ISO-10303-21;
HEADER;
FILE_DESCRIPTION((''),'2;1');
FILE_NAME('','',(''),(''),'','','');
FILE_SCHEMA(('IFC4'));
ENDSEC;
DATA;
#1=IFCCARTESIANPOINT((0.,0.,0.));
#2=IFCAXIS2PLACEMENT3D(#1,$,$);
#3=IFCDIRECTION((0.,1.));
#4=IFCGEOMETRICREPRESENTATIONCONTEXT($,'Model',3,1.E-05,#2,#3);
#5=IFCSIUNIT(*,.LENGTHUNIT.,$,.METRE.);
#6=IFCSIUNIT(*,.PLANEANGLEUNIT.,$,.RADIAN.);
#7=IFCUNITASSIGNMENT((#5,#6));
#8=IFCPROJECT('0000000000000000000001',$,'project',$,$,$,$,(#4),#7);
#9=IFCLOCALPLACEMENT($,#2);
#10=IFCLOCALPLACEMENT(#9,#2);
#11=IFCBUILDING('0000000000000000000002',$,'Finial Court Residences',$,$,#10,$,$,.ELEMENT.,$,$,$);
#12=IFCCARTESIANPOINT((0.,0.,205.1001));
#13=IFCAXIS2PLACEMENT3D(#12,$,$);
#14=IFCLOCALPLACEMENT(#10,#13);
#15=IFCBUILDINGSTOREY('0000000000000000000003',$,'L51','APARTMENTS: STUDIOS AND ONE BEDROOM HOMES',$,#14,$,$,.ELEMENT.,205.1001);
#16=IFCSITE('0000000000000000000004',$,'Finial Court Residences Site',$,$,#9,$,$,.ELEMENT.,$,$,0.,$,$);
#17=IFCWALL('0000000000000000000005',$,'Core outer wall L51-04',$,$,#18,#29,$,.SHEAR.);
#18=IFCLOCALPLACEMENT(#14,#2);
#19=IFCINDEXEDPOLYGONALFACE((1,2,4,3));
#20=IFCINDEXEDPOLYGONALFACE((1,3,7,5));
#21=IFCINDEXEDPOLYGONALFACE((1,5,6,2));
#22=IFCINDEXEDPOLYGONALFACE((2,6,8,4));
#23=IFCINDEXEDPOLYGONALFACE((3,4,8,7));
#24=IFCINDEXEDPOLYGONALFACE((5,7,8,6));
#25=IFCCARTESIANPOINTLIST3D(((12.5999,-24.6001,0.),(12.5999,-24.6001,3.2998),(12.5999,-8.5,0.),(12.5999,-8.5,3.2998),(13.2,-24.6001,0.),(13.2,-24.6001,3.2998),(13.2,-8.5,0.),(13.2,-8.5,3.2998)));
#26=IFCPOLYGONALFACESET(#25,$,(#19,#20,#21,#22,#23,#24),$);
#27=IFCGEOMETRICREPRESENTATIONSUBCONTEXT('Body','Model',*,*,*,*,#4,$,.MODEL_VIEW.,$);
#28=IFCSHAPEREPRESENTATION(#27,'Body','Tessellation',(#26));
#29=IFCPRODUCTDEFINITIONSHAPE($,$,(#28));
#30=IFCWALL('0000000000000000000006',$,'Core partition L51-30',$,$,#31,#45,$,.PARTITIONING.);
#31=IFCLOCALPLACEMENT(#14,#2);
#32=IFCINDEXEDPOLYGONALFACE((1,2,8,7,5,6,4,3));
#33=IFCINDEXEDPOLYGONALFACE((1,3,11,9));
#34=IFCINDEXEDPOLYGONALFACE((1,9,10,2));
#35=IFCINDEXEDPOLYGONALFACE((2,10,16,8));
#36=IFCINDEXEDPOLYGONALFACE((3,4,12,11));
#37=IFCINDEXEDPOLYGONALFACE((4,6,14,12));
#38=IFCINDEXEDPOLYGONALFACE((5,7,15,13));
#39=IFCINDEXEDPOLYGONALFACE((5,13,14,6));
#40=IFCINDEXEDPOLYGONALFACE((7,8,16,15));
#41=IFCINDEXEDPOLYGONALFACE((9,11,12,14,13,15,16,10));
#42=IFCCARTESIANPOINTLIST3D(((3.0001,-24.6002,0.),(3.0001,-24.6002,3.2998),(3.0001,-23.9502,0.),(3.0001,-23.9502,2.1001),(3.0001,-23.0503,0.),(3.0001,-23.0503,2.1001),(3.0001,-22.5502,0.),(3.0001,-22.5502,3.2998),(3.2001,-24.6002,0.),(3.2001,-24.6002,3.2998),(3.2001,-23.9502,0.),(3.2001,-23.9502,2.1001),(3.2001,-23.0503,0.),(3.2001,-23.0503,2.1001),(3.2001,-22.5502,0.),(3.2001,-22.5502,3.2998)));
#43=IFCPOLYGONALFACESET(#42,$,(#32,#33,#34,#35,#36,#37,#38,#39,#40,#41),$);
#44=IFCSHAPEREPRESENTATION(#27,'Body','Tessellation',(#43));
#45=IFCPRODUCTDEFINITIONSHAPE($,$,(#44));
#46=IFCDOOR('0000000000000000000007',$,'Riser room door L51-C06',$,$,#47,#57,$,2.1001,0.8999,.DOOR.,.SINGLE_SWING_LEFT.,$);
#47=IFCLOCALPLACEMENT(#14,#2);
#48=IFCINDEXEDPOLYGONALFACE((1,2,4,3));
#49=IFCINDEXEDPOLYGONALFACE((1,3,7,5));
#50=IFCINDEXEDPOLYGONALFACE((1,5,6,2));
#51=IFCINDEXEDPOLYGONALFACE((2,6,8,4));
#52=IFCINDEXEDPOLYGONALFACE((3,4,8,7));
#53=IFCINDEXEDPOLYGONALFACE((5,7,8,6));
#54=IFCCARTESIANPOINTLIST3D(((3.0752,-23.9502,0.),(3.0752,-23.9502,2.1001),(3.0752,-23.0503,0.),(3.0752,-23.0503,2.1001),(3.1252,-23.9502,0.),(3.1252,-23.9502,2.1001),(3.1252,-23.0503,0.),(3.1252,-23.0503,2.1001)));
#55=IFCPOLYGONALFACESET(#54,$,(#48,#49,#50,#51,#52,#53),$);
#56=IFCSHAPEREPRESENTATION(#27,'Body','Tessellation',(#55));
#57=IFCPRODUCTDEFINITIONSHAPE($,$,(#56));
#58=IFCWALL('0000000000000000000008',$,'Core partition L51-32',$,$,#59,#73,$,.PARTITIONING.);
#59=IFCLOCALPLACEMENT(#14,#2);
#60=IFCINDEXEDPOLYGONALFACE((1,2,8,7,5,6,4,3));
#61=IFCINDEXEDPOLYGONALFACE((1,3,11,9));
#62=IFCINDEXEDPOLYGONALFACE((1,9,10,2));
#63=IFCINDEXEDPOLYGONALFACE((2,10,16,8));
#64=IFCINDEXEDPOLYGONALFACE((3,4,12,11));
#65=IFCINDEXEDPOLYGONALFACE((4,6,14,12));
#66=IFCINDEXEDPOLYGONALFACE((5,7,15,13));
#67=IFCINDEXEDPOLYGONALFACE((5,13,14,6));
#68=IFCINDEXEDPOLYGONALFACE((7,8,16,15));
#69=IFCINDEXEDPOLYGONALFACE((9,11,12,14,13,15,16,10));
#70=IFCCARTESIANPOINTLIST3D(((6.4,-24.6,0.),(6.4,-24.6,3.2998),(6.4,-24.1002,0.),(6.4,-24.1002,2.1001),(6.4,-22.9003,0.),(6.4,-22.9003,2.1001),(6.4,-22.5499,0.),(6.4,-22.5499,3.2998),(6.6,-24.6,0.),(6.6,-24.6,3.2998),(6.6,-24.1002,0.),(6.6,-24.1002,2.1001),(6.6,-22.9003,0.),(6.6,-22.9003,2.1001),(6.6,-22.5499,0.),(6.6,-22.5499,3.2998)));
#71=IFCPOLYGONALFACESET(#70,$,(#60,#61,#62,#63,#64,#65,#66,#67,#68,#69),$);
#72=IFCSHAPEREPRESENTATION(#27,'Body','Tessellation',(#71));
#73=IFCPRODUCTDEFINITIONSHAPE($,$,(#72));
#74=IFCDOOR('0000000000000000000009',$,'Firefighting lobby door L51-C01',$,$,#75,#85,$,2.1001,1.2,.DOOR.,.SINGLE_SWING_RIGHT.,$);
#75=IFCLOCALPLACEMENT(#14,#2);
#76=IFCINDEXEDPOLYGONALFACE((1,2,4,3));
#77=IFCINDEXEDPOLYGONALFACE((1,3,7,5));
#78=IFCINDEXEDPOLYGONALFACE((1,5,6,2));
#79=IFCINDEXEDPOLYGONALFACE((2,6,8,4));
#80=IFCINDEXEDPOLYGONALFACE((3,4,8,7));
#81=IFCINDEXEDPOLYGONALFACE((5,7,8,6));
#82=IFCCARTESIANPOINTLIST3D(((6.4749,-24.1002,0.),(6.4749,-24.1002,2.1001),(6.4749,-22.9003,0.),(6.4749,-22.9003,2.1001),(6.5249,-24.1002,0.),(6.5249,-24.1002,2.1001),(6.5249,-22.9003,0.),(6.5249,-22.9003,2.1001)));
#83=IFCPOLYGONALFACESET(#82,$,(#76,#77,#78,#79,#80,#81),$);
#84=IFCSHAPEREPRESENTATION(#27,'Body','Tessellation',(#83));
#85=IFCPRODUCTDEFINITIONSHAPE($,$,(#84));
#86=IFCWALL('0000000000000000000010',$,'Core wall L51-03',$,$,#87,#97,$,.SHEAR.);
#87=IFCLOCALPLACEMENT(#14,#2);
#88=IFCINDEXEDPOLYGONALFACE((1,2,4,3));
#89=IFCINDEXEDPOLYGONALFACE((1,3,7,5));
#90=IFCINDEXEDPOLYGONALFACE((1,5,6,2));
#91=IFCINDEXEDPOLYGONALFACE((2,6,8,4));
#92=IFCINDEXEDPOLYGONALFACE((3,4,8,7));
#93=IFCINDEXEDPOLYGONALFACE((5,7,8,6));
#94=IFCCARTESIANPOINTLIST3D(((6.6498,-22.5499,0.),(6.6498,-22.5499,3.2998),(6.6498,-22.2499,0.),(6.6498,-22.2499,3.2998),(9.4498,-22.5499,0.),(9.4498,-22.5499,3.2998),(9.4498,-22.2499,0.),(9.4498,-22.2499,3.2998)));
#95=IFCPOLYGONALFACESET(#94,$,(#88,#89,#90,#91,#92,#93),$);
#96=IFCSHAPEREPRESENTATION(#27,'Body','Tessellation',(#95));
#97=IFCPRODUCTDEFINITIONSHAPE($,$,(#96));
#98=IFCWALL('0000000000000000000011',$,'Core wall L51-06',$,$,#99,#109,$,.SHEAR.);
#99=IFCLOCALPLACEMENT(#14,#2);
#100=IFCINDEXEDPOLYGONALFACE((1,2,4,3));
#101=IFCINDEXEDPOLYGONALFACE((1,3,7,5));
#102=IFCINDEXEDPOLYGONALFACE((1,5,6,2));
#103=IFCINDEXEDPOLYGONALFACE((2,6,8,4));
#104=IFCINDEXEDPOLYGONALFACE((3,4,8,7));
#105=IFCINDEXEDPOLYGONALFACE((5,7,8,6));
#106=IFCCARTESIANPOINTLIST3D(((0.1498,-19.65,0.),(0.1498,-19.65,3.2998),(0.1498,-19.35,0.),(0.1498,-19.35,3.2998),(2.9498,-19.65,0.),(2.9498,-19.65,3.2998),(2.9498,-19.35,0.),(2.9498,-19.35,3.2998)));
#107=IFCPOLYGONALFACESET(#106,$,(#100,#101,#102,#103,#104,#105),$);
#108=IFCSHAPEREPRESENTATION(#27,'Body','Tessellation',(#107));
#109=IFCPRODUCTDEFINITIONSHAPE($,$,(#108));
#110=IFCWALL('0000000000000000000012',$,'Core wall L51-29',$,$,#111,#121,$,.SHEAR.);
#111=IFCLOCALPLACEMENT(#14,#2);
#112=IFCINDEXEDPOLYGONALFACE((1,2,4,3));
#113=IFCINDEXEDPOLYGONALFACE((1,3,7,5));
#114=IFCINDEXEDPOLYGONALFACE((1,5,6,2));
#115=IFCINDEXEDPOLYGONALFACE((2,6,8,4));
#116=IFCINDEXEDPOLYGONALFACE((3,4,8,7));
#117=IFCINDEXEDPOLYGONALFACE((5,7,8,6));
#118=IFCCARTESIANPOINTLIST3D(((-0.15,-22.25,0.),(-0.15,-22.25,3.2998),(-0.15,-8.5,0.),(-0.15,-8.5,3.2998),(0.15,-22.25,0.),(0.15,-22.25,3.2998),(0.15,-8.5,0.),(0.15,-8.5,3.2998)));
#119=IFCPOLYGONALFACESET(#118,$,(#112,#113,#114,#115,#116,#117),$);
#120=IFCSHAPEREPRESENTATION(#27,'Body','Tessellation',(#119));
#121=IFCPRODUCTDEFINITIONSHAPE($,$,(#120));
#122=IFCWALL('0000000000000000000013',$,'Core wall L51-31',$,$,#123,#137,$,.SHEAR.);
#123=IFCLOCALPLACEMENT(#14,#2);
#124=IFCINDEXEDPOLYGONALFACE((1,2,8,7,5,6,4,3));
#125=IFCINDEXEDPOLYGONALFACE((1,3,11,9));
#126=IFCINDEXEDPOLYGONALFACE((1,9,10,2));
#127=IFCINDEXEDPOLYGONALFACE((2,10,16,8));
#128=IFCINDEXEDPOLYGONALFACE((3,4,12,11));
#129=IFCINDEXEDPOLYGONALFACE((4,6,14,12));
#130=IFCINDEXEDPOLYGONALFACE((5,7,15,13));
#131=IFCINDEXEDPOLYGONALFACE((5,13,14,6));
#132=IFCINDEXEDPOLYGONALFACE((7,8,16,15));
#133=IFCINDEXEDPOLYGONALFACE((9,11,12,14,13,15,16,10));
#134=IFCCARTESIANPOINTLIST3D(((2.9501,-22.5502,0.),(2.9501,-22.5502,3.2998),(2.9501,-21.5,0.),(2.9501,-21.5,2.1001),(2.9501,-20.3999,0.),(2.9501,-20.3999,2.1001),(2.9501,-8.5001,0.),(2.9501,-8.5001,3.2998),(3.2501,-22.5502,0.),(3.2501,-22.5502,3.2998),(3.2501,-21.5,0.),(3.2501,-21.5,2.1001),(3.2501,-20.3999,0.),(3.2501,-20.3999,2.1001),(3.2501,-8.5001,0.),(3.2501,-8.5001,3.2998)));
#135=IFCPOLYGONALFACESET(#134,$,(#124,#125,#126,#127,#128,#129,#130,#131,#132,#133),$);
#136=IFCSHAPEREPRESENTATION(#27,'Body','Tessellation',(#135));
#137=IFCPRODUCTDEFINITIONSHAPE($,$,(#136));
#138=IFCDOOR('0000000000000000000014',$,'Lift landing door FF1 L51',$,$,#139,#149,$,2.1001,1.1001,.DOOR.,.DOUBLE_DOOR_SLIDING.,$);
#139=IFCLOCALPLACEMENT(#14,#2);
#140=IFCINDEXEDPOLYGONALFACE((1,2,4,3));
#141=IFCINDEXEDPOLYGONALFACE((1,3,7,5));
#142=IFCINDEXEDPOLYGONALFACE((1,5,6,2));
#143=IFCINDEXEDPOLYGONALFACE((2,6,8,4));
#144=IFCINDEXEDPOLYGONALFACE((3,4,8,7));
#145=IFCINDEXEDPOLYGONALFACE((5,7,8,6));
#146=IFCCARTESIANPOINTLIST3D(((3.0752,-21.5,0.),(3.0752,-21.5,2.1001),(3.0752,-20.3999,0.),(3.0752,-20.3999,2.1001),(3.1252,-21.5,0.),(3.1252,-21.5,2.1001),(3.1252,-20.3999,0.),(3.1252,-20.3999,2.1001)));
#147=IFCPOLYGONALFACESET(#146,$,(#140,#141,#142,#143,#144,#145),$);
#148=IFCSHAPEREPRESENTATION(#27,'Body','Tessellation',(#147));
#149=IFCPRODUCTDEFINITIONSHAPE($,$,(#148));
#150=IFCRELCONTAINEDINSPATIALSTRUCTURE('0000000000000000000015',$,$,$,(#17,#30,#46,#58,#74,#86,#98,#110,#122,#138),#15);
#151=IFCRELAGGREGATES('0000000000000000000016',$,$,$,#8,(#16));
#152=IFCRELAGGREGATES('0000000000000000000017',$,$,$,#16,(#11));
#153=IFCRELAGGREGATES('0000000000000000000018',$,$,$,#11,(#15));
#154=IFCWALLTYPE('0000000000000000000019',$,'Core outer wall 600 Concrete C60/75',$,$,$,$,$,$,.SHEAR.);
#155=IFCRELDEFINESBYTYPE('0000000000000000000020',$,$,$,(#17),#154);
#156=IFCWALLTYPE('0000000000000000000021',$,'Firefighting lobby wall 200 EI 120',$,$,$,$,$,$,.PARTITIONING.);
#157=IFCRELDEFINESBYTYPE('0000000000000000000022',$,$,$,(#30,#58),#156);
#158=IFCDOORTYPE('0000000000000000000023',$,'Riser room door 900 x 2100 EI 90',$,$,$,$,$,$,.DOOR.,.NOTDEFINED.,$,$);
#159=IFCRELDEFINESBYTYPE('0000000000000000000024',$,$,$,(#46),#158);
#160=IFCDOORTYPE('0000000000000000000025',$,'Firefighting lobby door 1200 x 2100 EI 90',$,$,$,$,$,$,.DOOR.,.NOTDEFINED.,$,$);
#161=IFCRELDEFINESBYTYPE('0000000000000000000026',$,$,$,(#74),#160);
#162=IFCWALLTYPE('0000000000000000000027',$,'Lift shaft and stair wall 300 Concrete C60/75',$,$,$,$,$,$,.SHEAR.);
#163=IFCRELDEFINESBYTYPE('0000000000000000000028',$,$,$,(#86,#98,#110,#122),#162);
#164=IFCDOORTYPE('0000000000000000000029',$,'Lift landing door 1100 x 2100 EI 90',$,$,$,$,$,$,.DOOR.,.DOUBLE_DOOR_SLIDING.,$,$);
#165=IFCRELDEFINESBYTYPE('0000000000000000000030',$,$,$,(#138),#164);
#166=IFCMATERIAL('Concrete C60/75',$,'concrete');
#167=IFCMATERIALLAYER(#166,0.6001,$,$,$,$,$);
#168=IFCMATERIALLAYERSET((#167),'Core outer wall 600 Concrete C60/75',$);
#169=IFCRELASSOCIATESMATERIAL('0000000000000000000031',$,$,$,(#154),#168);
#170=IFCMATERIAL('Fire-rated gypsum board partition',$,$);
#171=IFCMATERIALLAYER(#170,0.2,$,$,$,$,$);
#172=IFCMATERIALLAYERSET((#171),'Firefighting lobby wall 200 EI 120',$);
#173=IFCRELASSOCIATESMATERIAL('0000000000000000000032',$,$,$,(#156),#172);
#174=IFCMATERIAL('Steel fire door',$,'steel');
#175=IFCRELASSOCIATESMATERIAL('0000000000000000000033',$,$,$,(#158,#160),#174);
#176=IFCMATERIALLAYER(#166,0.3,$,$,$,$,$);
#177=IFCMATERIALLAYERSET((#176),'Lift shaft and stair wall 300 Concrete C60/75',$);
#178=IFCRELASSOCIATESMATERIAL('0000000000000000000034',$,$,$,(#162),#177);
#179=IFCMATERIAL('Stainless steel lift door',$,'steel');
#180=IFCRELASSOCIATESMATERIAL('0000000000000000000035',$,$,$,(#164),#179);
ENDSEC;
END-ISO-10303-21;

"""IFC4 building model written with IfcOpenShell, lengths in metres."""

from ifc_helpers import new_model, si_unit, direction, frame, frame_2d, origin, place, context, subcontext, project, spatial, rectangle, extrude, material, layer, layer_set, type_object, element, fill, save


model = new_model("IFC4")

# Units and contexts
model_context = context("Model", 3, precision=1e-05, world=origin(), true_north=direction((0.0, 1.0)))
body_context = subcontext(model_context, "Body", "Model", "MODEL_VIEW")
ifc_project = project(units=[si_unit("LENGTHUNIT", "METRE"), si_unit("PLANEANGLEUNIT", "RADIAN")], contexts=[model_context])

# Site, building, storey
site_placement = place(None, origin())
site = spatial("IfcSite", under=ifc_project, at=site_placement, Name="Finial Court Residences Site", CompositionType="ELEMENT", RefElevation=0.0)
building_placement = place(site_placement, origin())
building = spatial("IfcBuilding", under=site, at=building_placement, Name="Finial Court Residences", CompositionType="ELEMENT")
storey_placement = place(building_placement, frame((0.0, 0.0, 205.1001)))
storey = spatial("IfcBuildingStorey", under=building, at=storey_placement, Name="L51", Description="APARTMENTS: STUDIOS AND ONE BEDROOM HOMES", CompositionType="ELEMENT", Elevation=205.1001)

# Wall
ifc_material_1 = material(Name="Concrete C60/75", Category="concrete")
ifc_layer_1 = layer(ifc_material_1, 0.6001)
ifc_layer_set_1 = layer_set([ifc_layer_1], Name="Core outer wall 600 Concrete C60/75")
wall_type_1 = type_object("IfcWallType", Name="Core outer wall 600 Concrete C60/75", PredefinedType="SHEAR", material=ifc_layer_set_1)
wall_1_placement = place(storey_placement, frame((12.8999, -24.6001, 0.0), z_axis=(0.0, 0.0, 1.0), x_axis=(0.0, 1.0, 0.0)))
element("IfcWall", 1, at=wall_1_placement, inside=storey, type_object=wall_type_1, Name="Core outer wall L51-04", PredefinedType="SHEAR", context=body_context, shape_type="SweptSolid", body=[
    extrude(rectangle(XDim=16.1001, YDim=0.6001, at=frame_2d((8.05, 0.0))), origin(), (0.0, 0.0, 1.0), 3.2998),
])

# Walls, openings, doors
ifc_material_2 = material(Name="Fire-rated gypsum board partition")
ifc_layer_2 = layer(ifc_material_2, 0.2)
ifc_layer_set_2 = layer_set([ifc_layer_2], Name="Firefighting lobby wall 200 EI 120")
wall_type_2 = type_object("IfcWallType", Name="Firefighting lobby wall 200 EI 120", PredefinedType="PARTITIONING", material=ifc_layer_set_2)
wall_2_placement = place(storey_placement, frame((3.1001, -24.6001, 0.0), z_axis=(0.0, 0.0, 1.0), x_axis=(0.0, 1.0, 0.0)))
wall_2 = element("IfcWall", 2, at=wall_2_placement, inside=storey, type_object=wall_type_2, Name="Core partition L51-30", PredefinedType="PARTITIONING", context=body_context, shape_type="SweptSolid", body=[
    extrude(rectangle(XDim=2.05, YDim=0.2, at=frame_2d((1.0249, 0.0))), origin(), (0.0, 0.0, 1.0), 3.2998),
])
opening_1_placement = place(wall_2_placement, frame((0.6499, 0.0, 0.0)))
opening_1 = element("IfcOpeningElement", 3, at=opening_1_placement, cuts=wall_2, PredefinedType="OPENING", context=body_context, shape_type="SweptSolid", body=[
    extrude(rectangle(XDim=0.8999, YDim=2.1001, at=frame_2d((0.45, 1.05))), frame((0.0, 0.1099, 0.0), z_axis=(0.0, -1.0, 0.0), x_axis=(1.0, 0.0, 0.0)), (0.0, 0.0, 1.0), 0.22),
])
ifc_material_3 = material(Name="Steel fire door", Category="steel")
door_type_1 = type_object("IfcDoorType", Name="Riser room door 900 x 2100 EI 90", OperationType="NOTDEFINED", PredefinedType="DOOR", material=ifc_material_3)
door_1_placement = place(opening_1_placement, origin())
door_1 = element("IfcDoor", 4, at=door_1_placement, inside=storey, type_object=door_type_1, Name="Riser room door L51-C06", OperationType="SINGLE_SWING_LEFT", OverallHeight=2.1001, OverallWidth=0.8999, PredefinedType="DOOR", context=body_context, shape_type="SweptSolid", body=[
    extrude(rectangle(XDim=0.8999, YDim=2.1001, at=frame_2d((0.45, 1.05))), frame((0.0, 0.0249, 0.0), z_axis=(0.0, -1.0, 0.0), x_axis=(1.0, 0.0, 0.0)), (0.0, 0.0, 1.0), 0.05),
])
fill(opening_1, door_1)
wall_3_placement = place(storey_placement, frame((6.5, -22.55, 0.0), z_axis=(0.0, 0.0, 1.0), x_axis=(0.0, -1.0, 0.0)))
wall_3 = element("IfcWall", 5, at=wall_3_placement, inside=storey, type_object=wall_type_2, Name="Core partition L51-32", PredefinedType="PARTITIONING", context=body_context, shape_type="SweptSolid", body=[
    extrude(rectangle(XDim=2.05, YDim=0.2, at=frame_2d((1.0249, 0.0))), origin(), (0.0, 0.0, 1.0), 3.2998),
])
opening_2_placement = place(wall_3_placement, frame((0.3501, 0.0, 0.0)))
opening_2 = element("IfcOpeningElement", 6, at=opening_2_placement, cuts=wall_3, PredefinedType="OPENING", context=body_context, shape_type="SweptSolid", body=[
    extrude(rectangle(XDim=1.2, YDim=2.1001, at=frame_2d((0.6001, 1.05))), frame((0.0, 0.1099, 0.0), z_axis=(0.0, -1.0, 0.0), x_axis=(1.0, 0.0, 0.0)), (0.0, 0.0, 1.0), 0.22),
])
door_type_2 = type_object("IfcDoorType", Name="Firefighting lobby door 1200 x 2100 EI 90", OperationType="NOTDEFINED", PredefinedType="DOOR", material=ifc_material_3)
door_2_placement = place(opening_2_placement, origin())
door_2 = element("IfcDoor", 7, at=door_2_placement, inside=storey, type_object=door_type_2, Name="Firefighting lobby door L51-C01", OperationType="SINGLE_SWING_RIGHT", OverallHeight=2.1001, OverallWidth=1.2, PredefinedType="DOOR", context=body_context, shape_type="SweptSolid", body=[
    extrude(rectangle(XDim=1.2, YDim=2.1001, at=frame_2d((0.6001, 1.05))), frame((0.0, 0.0249, 0.0), z_axis=(0.0, -1.0, 0.0), x_axis=(1.0, 0.0, 0.0)), (0.0, 0.0, 1.0), 0.05),
])
fill(opening_2, door_2)

# Walls
ifc_layer_3 = layer(ifc_material_1, 0.3)
ifc_layer_set_3 = layer_set([ifc_layer_3], Name="Lift shaft and stair wall 300 Concrete C60/75")
wall_type_3 = type_object("IfcWallType", Name="Lift shaft and stair wall 300 Concrete C60/75", PredefinedType="SHEAR", material=ifc_layer_set_3)
for number, where, z_axis, x_axis, name in (
    (8, (6.6499, -22.3999, 0.0), (0.0, 0.0, 1.0), (1.0, 0.0, 0.0), "Core wall L51-03"),
    (9, (0.1499, -19.5, 0.0), (0.0, 0.0, 1.0), (1.0, 0.0, 0.0), "Core wall L51-06"),
):
    element("IfcWall", number, at=place(storey_placement, frame(where, z_axis=z_axis, x_axis=x_axis)), inside=storey, type_object=wall_type_3, Name=name, PredefinedType="SHEAR", context=body_context, shape_type="SweptSolid", body=[
        extrude(rectangle(XDim=2.8, YDim=0.3, at=frame_2d((1.3999, 0.0))), origin(), (0.0, 0.0, 1.0), 3.2998),
    ])
wall_4_placement = place(storey_placement, frame((0.0, -22.25, 0.0), z_axis=(0.0, 0.0, 1.0), x_axis=(0.0, 1.0, 0.0)))
element("IfcWall", 10, at=wall_4_placement, inside=storey, type_object=wall_type_3, Name="Core wall L51-29", PredefinedType="SHEAR", context=body_context, shape_type="SweptSolid", body=[
    extrude(rectangle(XDim=13.75, YDim=0.3, at=frame_2d((6.875, 0.0))), origin(), (0.0, 0.0, 1.0), 3.2998),
])

# Wall, opening, door
wall_5_placement = place(storey_placement, frame((3.1001, -22.55, 0.0), z_axis=(0.0, 0.0, 1.0), x_axis=(0.0, 1.0, 0.0)))
wall_5 = element("IfcWall", 11, at=wall_5_placement, inside=storey, type_object=wall_type_3, Name="Core wall L51-31", PredefinedType="SHEAR", context=body_context, shape_type="SweptSolid", body=[
    extrude(rectangle(XDim=14.05, YDim=0.3, at=frame_2d((7.0249, 0.0))), origin(), (0.0, 0.0, 1.0), 3.2998),
])
opening_3_placement = place(wall_5_placement, frame((1.05, 0.0, 0.0)))
opening_3 = element("IfcOpeningElement", 12, at=opening_3_placement, cuts=wall_5, PredefinedType="OPENING", context=body_context, shape_type="SweptSolid", body=[
    extrude(rectangle(XDim=1.1001, YDim=2.1001, at=frame_2d((0.55, 1.05))), frame((0.0, 0.1599, 0.0), z_axis=(0.0, -1.0, 0.0), x_axis=(1.0, 0.0, 0.0)), (0.0, 0.0, 1.0), 0.3201),
])
ifc_material_4 = material(Name="Stainless steel lift door", Category="steel")
door_type_3 = type_object("IfcDoorType", Name="Lift landing door 1100 x 2100 EI 90", OperationType="DOUBLE_DOOR_SLIDING", PredefinedType="DOOR", material=ifc_material_4)
door_3_placement = place(opening_3_placement, origin())
door_3 = element("IfcDoor", 13, at=door_3_placement, inside=storey, type_object=door_type_3, Name="Lift landing door FF1 L51", OperationType="DOUBLE_DOOR_SLIDING", OverallHeight=2.1001, OverallWidth=1.1001, PredefinedType="DOOR", context=body_context, shape_type="SweptSolid", body=[
    extrude(rectangle(XDim=1.1001, YDim=2.1001, at=frame_2d((0.55, 1.05))), frame((0.0, 0.0249, 0.0), z_axis=(0.0, -1.0, 0.0), x_axis=(1.0, 0.0, 0.0)), (0.0, 0.0, 1.0), 0.05),
])
fill(opening_3, door_3)

save(model, "model.ifc")
